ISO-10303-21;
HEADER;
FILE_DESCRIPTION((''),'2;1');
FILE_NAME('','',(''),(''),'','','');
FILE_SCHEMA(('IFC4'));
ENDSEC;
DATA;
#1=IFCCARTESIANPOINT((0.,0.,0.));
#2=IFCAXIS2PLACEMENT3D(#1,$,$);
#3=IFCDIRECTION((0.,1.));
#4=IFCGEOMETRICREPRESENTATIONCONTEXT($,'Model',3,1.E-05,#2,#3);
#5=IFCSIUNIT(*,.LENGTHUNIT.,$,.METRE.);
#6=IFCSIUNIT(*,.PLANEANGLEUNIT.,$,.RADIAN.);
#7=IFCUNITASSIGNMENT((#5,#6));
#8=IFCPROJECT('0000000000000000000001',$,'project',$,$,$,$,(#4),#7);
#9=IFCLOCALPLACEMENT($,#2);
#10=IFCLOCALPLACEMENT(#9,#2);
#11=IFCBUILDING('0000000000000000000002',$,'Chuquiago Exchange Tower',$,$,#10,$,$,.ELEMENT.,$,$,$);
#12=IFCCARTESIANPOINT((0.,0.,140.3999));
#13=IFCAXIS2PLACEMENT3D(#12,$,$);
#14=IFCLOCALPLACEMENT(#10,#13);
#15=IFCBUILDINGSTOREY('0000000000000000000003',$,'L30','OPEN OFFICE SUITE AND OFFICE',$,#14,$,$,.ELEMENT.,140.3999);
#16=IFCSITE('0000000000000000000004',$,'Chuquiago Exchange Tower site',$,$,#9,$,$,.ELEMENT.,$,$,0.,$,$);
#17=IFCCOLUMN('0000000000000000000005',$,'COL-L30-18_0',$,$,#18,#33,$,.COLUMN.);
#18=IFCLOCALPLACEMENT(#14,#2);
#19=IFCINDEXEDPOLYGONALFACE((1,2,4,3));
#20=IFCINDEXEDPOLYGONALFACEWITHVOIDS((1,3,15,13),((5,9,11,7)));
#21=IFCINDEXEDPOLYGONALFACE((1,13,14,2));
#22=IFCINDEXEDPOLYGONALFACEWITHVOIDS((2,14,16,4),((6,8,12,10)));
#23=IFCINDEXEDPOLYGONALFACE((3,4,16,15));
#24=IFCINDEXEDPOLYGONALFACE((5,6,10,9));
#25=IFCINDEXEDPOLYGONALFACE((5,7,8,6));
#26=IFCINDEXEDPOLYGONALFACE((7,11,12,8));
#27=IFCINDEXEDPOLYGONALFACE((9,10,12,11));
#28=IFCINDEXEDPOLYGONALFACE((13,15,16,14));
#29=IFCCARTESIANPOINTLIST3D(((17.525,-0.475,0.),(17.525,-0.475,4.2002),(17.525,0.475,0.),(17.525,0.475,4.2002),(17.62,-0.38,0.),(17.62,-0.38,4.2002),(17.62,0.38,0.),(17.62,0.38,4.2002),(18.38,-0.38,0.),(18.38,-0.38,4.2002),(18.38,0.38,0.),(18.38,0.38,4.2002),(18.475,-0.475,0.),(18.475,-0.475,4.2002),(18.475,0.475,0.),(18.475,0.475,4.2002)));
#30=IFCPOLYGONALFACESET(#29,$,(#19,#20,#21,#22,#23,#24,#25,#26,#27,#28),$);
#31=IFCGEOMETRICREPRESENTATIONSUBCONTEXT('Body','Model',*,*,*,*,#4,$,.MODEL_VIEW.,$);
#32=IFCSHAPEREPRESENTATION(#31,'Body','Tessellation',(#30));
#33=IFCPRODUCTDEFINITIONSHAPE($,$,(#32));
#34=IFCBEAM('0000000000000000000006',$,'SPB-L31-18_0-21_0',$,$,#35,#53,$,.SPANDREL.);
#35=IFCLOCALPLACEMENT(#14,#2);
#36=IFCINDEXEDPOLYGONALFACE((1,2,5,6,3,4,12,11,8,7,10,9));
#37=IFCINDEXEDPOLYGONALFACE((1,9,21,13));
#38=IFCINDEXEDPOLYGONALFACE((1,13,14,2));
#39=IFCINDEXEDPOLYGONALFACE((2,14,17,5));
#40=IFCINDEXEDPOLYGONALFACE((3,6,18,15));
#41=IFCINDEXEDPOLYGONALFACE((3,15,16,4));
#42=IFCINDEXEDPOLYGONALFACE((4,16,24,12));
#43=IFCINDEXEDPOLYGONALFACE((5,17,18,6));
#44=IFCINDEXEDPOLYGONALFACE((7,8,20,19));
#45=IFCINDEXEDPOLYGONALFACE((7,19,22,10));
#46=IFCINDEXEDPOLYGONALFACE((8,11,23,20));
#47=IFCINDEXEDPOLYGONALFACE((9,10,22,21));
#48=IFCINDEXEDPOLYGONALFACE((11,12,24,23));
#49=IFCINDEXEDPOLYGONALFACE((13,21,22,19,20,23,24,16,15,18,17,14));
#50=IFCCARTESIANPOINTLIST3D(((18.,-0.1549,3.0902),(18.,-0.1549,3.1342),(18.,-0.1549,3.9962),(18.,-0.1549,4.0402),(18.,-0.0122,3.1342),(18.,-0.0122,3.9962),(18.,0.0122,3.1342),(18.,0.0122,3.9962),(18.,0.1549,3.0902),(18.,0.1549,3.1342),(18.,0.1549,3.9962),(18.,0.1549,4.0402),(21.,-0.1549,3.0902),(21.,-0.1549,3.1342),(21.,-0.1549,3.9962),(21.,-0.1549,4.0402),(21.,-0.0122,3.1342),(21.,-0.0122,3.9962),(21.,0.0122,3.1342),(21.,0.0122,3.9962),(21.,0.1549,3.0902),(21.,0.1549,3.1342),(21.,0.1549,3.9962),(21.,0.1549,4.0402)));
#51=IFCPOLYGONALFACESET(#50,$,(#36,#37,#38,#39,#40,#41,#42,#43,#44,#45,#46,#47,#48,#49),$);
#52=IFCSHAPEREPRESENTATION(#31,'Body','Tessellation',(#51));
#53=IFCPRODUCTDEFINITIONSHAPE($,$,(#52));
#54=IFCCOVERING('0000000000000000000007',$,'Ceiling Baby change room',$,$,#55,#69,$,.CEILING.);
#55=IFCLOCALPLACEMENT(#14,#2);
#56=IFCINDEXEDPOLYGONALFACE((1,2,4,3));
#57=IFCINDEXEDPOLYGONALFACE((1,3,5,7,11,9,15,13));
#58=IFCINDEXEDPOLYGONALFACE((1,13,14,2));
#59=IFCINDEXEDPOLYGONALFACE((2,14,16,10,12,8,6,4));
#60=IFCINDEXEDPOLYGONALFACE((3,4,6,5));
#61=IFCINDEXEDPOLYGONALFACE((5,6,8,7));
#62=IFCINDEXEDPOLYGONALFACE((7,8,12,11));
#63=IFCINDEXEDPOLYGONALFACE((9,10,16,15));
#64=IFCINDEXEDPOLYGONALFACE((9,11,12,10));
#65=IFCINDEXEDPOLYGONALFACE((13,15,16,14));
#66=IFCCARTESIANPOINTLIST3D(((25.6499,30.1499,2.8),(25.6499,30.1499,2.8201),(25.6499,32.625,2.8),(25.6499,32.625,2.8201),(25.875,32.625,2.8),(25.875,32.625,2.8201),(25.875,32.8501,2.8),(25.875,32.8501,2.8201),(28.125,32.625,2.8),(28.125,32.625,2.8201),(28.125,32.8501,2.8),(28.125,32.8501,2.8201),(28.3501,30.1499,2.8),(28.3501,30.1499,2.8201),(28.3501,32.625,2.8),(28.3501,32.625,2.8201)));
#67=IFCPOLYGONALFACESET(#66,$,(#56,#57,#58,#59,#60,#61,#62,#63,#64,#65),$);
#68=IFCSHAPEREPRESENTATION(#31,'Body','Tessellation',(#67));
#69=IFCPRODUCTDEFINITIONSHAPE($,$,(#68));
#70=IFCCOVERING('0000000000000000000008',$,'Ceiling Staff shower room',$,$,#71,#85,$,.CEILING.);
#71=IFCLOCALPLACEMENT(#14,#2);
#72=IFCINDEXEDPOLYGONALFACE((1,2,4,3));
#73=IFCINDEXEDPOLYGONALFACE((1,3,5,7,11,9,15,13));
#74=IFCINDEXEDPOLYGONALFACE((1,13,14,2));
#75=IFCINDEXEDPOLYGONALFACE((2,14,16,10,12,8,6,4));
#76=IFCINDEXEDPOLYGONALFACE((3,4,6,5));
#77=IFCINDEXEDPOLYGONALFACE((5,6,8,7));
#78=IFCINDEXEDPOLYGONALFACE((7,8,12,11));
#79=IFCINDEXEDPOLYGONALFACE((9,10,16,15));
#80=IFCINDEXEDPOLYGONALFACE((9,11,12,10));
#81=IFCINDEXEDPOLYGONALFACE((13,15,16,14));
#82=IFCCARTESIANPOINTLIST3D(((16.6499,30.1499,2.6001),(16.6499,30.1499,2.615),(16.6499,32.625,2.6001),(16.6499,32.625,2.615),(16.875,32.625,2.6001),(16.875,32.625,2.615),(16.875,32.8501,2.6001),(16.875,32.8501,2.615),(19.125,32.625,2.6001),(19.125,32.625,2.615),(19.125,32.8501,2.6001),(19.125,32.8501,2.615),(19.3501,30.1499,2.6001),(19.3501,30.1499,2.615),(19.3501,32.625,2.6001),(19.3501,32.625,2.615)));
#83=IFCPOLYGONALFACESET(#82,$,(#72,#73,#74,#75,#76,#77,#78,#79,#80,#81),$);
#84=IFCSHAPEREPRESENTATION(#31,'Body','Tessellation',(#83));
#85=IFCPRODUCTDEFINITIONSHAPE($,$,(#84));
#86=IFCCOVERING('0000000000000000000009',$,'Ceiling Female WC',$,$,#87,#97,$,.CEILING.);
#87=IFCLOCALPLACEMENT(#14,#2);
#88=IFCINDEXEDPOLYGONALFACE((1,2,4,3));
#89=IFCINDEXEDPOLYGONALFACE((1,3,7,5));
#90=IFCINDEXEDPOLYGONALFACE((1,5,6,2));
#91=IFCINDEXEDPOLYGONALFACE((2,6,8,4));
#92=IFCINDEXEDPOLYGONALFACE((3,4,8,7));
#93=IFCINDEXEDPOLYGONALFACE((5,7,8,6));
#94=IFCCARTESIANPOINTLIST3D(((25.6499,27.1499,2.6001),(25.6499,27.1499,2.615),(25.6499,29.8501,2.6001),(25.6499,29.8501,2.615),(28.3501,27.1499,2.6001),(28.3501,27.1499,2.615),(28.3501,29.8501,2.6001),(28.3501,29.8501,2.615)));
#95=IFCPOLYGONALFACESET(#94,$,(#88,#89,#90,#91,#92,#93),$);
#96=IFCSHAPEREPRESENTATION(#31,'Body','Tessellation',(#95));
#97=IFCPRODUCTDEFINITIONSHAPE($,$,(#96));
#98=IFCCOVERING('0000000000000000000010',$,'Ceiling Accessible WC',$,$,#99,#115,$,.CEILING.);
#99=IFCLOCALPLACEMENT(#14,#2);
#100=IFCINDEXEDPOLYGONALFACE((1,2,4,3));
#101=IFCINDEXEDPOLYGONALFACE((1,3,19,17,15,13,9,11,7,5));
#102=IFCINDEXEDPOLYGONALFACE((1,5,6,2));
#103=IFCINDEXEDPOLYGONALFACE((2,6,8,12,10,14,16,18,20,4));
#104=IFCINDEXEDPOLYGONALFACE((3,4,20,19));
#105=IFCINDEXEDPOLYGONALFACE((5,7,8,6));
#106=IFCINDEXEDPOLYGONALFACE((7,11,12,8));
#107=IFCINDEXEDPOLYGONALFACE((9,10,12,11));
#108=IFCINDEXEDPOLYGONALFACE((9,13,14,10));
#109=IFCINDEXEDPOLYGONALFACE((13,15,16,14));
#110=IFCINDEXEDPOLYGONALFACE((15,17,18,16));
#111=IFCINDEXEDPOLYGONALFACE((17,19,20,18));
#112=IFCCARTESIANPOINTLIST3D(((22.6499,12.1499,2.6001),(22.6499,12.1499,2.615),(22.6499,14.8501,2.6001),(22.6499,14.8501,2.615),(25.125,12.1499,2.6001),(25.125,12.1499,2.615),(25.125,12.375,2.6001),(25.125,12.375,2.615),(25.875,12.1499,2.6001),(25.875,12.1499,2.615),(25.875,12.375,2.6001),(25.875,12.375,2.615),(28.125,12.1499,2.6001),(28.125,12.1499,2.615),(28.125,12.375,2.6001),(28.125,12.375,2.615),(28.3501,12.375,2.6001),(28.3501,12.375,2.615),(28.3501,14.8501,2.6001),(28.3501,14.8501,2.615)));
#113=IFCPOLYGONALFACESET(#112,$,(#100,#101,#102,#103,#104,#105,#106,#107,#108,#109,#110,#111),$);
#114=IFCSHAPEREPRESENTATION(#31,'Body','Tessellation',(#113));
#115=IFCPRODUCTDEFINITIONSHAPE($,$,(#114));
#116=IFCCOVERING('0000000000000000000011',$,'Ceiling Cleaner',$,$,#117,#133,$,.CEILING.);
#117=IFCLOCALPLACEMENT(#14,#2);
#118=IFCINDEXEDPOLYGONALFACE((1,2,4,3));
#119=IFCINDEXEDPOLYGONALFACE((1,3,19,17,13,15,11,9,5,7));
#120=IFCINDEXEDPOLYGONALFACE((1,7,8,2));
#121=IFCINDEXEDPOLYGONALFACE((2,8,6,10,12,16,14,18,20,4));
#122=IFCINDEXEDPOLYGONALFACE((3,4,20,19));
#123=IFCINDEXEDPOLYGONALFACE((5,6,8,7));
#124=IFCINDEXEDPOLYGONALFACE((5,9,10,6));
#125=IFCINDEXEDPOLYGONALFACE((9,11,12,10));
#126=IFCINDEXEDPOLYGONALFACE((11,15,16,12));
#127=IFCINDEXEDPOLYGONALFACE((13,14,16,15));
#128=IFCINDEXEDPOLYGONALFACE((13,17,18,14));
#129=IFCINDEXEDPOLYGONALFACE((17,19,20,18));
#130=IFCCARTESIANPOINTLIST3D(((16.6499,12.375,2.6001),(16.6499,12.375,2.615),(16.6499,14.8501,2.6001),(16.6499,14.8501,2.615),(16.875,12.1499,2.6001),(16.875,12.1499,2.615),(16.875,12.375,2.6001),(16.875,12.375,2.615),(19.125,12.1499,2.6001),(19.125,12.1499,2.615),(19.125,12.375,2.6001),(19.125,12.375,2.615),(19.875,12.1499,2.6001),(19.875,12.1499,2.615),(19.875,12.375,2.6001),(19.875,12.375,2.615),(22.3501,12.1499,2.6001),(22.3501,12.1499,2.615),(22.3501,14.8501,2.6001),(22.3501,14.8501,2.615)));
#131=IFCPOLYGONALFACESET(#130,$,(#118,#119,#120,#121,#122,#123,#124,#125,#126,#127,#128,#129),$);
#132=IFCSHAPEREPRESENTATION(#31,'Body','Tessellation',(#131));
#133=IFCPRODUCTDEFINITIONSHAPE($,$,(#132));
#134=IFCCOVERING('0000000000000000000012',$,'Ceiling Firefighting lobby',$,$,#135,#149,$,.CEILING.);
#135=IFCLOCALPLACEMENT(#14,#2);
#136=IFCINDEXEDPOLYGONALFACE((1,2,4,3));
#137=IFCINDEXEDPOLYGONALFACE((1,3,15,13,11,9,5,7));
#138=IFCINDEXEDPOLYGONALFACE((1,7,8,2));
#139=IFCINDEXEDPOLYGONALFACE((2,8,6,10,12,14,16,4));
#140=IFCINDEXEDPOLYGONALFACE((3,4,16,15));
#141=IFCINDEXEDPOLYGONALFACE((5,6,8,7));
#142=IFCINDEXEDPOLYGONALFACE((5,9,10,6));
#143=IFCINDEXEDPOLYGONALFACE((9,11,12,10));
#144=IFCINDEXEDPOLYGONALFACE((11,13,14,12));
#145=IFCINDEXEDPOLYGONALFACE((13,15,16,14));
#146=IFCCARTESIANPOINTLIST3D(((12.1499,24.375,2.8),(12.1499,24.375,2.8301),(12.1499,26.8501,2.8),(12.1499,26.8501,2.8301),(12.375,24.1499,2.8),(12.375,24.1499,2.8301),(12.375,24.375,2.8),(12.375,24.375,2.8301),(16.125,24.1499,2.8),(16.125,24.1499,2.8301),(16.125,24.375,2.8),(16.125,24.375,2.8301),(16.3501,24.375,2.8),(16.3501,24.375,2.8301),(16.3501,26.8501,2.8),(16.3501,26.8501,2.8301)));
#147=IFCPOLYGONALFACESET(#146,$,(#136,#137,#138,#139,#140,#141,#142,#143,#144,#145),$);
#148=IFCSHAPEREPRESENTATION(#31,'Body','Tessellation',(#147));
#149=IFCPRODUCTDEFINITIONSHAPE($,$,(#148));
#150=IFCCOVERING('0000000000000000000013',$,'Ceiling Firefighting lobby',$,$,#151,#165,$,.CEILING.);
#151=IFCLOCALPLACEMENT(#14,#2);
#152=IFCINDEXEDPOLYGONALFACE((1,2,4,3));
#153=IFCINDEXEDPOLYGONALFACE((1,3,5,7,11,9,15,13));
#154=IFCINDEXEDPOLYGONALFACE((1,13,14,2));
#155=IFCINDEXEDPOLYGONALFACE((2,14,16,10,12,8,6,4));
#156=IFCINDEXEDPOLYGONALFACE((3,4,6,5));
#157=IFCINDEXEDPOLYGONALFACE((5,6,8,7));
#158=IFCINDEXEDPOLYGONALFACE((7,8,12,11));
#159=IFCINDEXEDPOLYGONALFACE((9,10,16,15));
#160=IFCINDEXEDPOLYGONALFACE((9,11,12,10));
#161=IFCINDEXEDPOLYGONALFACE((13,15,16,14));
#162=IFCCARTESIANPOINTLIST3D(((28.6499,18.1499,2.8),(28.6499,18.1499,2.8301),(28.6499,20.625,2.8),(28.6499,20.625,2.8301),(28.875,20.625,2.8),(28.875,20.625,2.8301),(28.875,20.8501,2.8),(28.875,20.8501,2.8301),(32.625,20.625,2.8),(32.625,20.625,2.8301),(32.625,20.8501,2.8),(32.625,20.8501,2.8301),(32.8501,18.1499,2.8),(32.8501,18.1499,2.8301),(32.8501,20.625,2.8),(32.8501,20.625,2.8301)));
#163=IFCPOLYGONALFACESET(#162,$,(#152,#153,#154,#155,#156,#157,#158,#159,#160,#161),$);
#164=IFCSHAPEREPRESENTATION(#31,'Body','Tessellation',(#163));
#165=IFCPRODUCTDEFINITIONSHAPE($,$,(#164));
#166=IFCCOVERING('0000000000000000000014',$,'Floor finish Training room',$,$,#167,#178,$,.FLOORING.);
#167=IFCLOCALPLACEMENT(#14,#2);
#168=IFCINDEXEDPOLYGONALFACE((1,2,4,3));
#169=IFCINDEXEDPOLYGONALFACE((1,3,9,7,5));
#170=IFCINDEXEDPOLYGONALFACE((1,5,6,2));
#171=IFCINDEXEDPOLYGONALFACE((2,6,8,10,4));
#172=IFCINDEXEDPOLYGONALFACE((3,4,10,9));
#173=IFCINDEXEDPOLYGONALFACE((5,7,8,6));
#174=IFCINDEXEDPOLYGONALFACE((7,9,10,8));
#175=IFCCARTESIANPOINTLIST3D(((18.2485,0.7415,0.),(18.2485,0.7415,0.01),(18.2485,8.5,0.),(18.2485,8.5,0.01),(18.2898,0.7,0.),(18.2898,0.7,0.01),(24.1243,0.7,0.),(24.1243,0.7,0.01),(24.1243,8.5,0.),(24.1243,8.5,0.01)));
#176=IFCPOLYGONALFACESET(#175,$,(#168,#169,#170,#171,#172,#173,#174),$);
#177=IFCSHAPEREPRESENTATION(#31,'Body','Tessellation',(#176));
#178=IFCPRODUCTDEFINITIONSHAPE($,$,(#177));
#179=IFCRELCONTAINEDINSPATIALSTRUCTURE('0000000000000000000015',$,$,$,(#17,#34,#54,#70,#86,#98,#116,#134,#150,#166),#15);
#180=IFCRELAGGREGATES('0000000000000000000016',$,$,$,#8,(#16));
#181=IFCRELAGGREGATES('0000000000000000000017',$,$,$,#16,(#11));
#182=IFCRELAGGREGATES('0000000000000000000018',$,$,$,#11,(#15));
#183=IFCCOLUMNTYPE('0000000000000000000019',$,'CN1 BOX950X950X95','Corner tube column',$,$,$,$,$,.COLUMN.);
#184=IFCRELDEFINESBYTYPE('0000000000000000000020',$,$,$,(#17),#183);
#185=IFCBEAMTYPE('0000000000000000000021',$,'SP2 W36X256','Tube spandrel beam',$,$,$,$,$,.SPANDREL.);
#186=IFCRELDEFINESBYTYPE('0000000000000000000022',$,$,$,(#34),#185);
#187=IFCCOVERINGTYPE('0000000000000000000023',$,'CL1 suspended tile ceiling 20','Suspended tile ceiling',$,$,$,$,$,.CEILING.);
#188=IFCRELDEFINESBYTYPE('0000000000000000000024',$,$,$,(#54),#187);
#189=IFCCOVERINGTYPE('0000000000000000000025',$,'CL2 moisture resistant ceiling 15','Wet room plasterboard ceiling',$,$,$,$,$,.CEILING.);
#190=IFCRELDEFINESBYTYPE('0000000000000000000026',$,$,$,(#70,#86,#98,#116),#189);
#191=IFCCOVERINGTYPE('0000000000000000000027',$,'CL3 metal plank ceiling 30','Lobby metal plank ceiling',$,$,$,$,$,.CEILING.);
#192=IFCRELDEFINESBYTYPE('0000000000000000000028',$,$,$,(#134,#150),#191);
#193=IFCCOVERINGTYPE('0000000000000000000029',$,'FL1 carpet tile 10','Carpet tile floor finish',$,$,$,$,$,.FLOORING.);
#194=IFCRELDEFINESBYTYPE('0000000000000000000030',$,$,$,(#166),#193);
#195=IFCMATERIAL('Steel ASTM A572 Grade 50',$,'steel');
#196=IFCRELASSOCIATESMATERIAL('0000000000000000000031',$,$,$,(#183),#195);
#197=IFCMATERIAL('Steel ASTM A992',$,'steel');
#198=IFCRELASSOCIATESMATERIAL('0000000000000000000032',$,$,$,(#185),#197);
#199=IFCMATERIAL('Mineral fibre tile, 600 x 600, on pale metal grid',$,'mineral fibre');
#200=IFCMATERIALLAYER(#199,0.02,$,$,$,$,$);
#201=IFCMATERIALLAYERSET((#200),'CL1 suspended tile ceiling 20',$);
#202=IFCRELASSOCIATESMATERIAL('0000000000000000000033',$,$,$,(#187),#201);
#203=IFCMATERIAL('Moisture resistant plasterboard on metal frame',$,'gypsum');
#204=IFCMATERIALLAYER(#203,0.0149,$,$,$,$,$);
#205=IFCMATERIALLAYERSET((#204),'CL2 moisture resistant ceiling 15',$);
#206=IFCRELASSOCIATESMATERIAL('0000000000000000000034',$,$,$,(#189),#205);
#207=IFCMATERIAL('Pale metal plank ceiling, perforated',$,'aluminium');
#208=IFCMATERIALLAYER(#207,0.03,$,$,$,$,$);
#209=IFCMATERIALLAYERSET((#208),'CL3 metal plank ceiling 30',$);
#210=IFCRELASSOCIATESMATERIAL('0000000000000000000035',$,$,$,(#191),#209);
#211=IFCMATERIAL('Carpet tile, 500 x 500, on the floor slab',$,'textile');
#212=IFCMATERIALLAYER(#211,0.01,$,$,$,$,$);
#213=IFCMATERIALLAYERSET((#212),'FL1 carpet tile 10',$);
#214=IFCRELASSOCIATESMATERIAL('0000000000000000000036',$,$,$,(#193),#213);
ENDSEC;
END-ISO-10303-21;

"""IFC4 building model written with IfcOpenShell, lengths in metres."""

from ifc_helpers import new_model, si_unit, direction, frame, origin, origin_2d, place, context, subcontext, project, spatial, polyline, hollow_rectangle, i_section, outline, extrude, material, layer, layer_set, material_profile, profile_set, type_object, element, save


model = new_model("IFC4")

# Units and contexts
model_context = context("Model", 3, precision=1e-05, world=origin(), true_north=direction((0.0, 1.0)))
body_context = subcontext(model_context, "Body", "Model", "MODEL_VIEW")
ifc_project = project(units=[si_unit("LENGTHUNIT", "METRE"), si_unit("PLANEANGLEUNIT", "RADIAN")], contexts=[model_context])

# Site, building, storey
site_placement = place(None, origin())
site = spatial("IfcSite", under=ifc_project, at=site_placement, Name="Chuquiago Exchange Tower site", CompositionType="ELEMENT", RefElevation=0.0)
building_placement = place(site_placement, origin())
building = spatial("IfcBuilding", under=site, at=building_placement, Name="Chuquiago Exchange Tower", CompositionType="ELEMENT")
storey_placement = place(building_placement, frame((0.0, 0.0, 140.3999)))
storey = spatial("IfcBuildingStorey", under=building, at=storey_placement, Name="L30", Description="OPEN OFFICE SUITE AND OFFICE", CompositionType="ELEMENT", Elevation=140.3999)

# Column
ifc_material_1 = material(Name="Steel ASTM A572 Grade 50", Category="steel")
ifc_material_profile_1 = material_profile(ifc_material_1, hollow_rectangle(XDim=0.95, YDim=0.95, WallThickness=0.095, at=origin_2d()), Name="BOX950X950X95")
ifc_profile_set_1 = profile_set([ifc_material_profile_1], Name="Steel ASTM A572 Grade 50")
column_type = type_object("IfcColumnType", Name="CN1 BOX950X950X95", Description="Corner tube column", PredefinedType="COLUMN", material=ifc_profile_set_1)
column_placement = place(storey_placement, frame((18.0, 0.0, 0.0), z_axis=(0.0, 0.0, 1.0), x_axis=(0.0, -1.0, 0.0)))
element("IfcColumn", 1, at=column_placement, inside=storey, type_object=column_type, Name="COL-L30-18_0", PredefinedType="COLUMN", context=body_context, shape_type="SweptSolid", body=[
    extrude(hollow_rectangle(XDim=0.95, YDim=0.95, WallThickness=0.095, at=origin_2d()), origin(), (0.0, 0.0, 1.0), 4.2002),
])

# Beam
ifc_material_2 = material(Name="Steel ASTM A992", Category="steel")
ifc_material_profile_2 = material_profile(ifc_material_2, i_section(OverallWidth=0.3098, OverallDepth=0.95, WebThickness=0.0244, FlangeThickness=0.0439, at=origin_2d()), Name="W36X256")
ifc_profile_set_2 = profile_set([ifc_material_profile_2], Name="Steel ASTM A992")
beam_type = type_object("IfcBeamType", Name="SP2 W36X256", Description="Tube spandrel beam", PredefinedType="SPANDREL", material=ifc_profile_set_2)
beam_placement = place(storey_placement, frame((18.0, 0.0, 3.5652), z_axis=(1.0, 0.0, 0.0), x_axis=(0.0, 1.0, 0.0)))
element("IfcBeam", 2, at=beam_placement, inside=storey, type_object=beam_type, Name="SPB-L31-18_0-21_0", PredefinedType="SPANDREL", context=body_context, shape_type="SweptSolid", body=[
    extrude(i_section(OverallWidth=0.3098, OverallDepth=0.95, WebThickness=0.0244, FlangeThickness=0.0439, at=origin_2d()), origin(), (0.0, 0.0, 1.0), 3.0),
])

# Coverings
ifc_material_3 = material(Name="Mineral fibre tile, 600 x 600, on pale metal grid", Category="mineral fibre")
ifc_layer_1 = layer(ifc_material_3, 0.02)
ifc_layer_set_1 = layer_set([ifc_layer_1], Name="CL1 suspended tile ceiling 20")
covering_type_1 = type_object("IfcCoveringType", Name="CL1 suspended tile ceiling 20", Description="Suspended tile ceiling", PredefinedType="CEILING", material=ifc_layer_set_1)
covering_1_placement = place(storey_placement, frame((0.0, 0.0, 2.8)))
element("IfcCovering", 3, at=covering_1_placement, inside=storey, type_object=covering_type_1, Name="Ceiling Baby change room", PredefinedType="CEILING", context=body_context, shape_type="SweptSolid", body=[
    extrude(outline(polyline([(25.6499, 30.1499), (25.6499, 32.625), (25.875, 32.625), (25.875, 32.8501), (28.125, 32.8501), (28.125, 32.625), (28.3501, 32.625), (28.3501, 30.1499), (25.6499, 30.1499)])), origin(), (0.0, 0.0, 1.0), 0.02),
])
ifc_material_4 = material(Name="Moisture resistant plasterboard on metal frame", Category="gypsum")
ifc_layer_2 = layer(ifc_material_4, 0.0149)
ifc_layer_set_2 = layer_set([ifc_layer_2], Name="CL2 moisture resistant ceiling 15")
covering_type_2 = type_object("IfcCoveringType", Name="CL2 moisture resistant ceiling 15", Description="Wet room plasterboard ceiling", PredefinedType="CEILING", material=ifc_layer_set_2)
covering_2_placement = place(storey_placement, frame((0.0, 0.0, 2.6001)))
element("IfcCovering", 4, at=covering_2_placement, inside=storey, type_object=covering_type_2, Name="Ceiling Staff shower room", PredefinedType="CEILING", context=body_context, shape_type="SweptSolid", body=[
    extrude(outline(polyline([(16.6499, 30.1499), (16.6499, 32.625), (16.875, 32.625), (16.875, 32.8501), (19.125, 32.8501), (19.125, 32.625), (19.3501, 32.625), (19.3501, 30.1499), (16.6499, 30.1499)])), origin(), (0.0, 0.0, 1.0), 0.0149),
])
covering_3_placement = place(storey_placement, frame((0.0, 0.0, 2.6001)))
element("IfcCovering", 5, at=covering_3_placement, inside=storey, type_object=covering_type_2, Name="Ceiling Female WC", PredefinedType="CEILING", context=body_context, shape_type="SweptSolid", body=[
    extrude(outline(polyline([(25.6499, 27.1499), (25.6499, 29.8501), (28.3501, 29.8501), (28.3501, 27.1499), (25.6499, 27.1499)])), origin(), (0.0, 0.0, 1.0), 0.0149),
])
covering_4_placement = place(storey_placement, frame((0.0, 0.0, 2.6001)))
element("IfcCovering", 6, at=covering_4_placement, inside=storey, type_object=covering_type_2, Name="Ceiling Accessible WC", PredefinedType="CEILING", context=body_context, shape_type="SweptSolid", body=[
    extrude(outline(polyline([(25.875, 12.1499), (25.875, 12.375), (25.125, 12.375), (25.125, 12.1499), (22.6499, 12.1499), (22.6499, 14.8501), (28.3501, 14.8501), (28.3501, 12.375), (28.125, 12.375), (28.125, 12.1499), (25.875, 12.1499)])), origin(), (0.0, 0.0, 1.0), 0.0149),
])
covering_5_placement = place(storey_placement, frame((0.0, 0.0, 2.6001)))
element("IfcCovering", 7, at=covering_5_placement, inside=storey, type_object=covering_type_2, Name="Ceiling Cleaner", PredefinedType="CEILING", context=body_context, shape_type="SweptSolid", body=[
    extrude(outline(polyline([(19.875, 12.1499), (19.875, 12.375), (19.125, 12.375), (19.125, 12.1499), (16.875, 12.1499), (16.875, 12.375), (16.6499, 12.375), (16.6499, 14.8501), (22.3501, 14.8501), (22.3501, 12.1499), (19.875, 12.1499)])), origin(), (0.0, 0.0, 1.0), 0.0149),
])
ifc_material_5 = material(Name="Pale metal plank ceiling, perforated", Category="aluminium")
ifc_layer_3 = layer(ifc_material_5, 0.03)
ifc_layer_set_3 = layer_set([ifc_layer_3], Name="CL3 metal plank ceiling 30")
covering_type_3 = type_object("IfcCoveringType", Name="CL3 metal plank ceiling 30", Description="Lobby metal plank ceiling", PredefinedType="CEILING", material=ifc_layer_set_3)
covering_6_placement = place(storey_placement, frame((0.0, 0.0, 2.8)))
element("IfcCovering", 8, at=covering_6_placement, inside=storey, type_object=covering_type_3, Name="Ceiling Firefighting lobby", PredefinedType="CEILING", context=body_context, shape_type="SweptSolid", body=[
    extrude(outline(polyline([(12.375, 24.1499), (12.375, 24.375), (12.1499, 24.375), (12.1499, 26.8501), (16.3501, 26.8501), (16.3501, 24.375), (16.125, 24.375), (16.125, 24.1499), (12.375, 24.1499)])), origin(), (0.0, 0.0, 1.0), 0.03),
])
covering_7_placement = place(storey_placement, frame((0.0, 0.0, 2.8)))
element("IfcCovering", 9, at=covering_7_placement, inside=storey, type_object=covering_type_3, Name="Ceiling Firefighting lobby", PredefinedType="CEILING", context=body_context, shape_type="SweptSolid", body=[
    extrude(outline(polyline([(28.6499, 18.1499), (28.6499, 20.625), (28.875, 20.625), (28.875, 20.8501), (32.625, 20.8501), (32.625, 20.625), (32.8501, 20.625), (32.8501, 18.1499), (28.6499, 18.1499)])), origin(), (0.0, 0.0, 1.0), 0.03),
])
ifc_material_6 = material(Name="Carpet tile, 500 x 500, on the floor slab", Category="textile")
ifc_layer_4 = layer(ifc_material_6, 0.01)
ifc_layer_set_4 = layer_set([ifc_layer_4], Name="FL1 carpet tile 10")
covering_type_4 = type_object("IfcCoveringType", Name="FL1 carpet tile 10", Description="Carpet tile floor finish", PredefinedType="FLOORING", material=ifc_layer_set_4)
covering_8_placement = place(storey_placement, origin())
element("IfcCovering", 10, at=covering_8_placement, inside=storey, type_object=covering_type_4, Name="Floor finish Training room", PredefinedType="FLOORING", context=body_context, shape_type="SweptSolid", body=[
    extrude(outline(polyline([(18.2898, 0.7), (18.2485, 0.7415), (18.2485, 8.5), (24.1243, 8.5), (24.1243, 0.7), (18.2898, 0.7)])), origin(), (0.0, 0.0, 1.0), 0.01),
])

save(model, "model.ifc")
